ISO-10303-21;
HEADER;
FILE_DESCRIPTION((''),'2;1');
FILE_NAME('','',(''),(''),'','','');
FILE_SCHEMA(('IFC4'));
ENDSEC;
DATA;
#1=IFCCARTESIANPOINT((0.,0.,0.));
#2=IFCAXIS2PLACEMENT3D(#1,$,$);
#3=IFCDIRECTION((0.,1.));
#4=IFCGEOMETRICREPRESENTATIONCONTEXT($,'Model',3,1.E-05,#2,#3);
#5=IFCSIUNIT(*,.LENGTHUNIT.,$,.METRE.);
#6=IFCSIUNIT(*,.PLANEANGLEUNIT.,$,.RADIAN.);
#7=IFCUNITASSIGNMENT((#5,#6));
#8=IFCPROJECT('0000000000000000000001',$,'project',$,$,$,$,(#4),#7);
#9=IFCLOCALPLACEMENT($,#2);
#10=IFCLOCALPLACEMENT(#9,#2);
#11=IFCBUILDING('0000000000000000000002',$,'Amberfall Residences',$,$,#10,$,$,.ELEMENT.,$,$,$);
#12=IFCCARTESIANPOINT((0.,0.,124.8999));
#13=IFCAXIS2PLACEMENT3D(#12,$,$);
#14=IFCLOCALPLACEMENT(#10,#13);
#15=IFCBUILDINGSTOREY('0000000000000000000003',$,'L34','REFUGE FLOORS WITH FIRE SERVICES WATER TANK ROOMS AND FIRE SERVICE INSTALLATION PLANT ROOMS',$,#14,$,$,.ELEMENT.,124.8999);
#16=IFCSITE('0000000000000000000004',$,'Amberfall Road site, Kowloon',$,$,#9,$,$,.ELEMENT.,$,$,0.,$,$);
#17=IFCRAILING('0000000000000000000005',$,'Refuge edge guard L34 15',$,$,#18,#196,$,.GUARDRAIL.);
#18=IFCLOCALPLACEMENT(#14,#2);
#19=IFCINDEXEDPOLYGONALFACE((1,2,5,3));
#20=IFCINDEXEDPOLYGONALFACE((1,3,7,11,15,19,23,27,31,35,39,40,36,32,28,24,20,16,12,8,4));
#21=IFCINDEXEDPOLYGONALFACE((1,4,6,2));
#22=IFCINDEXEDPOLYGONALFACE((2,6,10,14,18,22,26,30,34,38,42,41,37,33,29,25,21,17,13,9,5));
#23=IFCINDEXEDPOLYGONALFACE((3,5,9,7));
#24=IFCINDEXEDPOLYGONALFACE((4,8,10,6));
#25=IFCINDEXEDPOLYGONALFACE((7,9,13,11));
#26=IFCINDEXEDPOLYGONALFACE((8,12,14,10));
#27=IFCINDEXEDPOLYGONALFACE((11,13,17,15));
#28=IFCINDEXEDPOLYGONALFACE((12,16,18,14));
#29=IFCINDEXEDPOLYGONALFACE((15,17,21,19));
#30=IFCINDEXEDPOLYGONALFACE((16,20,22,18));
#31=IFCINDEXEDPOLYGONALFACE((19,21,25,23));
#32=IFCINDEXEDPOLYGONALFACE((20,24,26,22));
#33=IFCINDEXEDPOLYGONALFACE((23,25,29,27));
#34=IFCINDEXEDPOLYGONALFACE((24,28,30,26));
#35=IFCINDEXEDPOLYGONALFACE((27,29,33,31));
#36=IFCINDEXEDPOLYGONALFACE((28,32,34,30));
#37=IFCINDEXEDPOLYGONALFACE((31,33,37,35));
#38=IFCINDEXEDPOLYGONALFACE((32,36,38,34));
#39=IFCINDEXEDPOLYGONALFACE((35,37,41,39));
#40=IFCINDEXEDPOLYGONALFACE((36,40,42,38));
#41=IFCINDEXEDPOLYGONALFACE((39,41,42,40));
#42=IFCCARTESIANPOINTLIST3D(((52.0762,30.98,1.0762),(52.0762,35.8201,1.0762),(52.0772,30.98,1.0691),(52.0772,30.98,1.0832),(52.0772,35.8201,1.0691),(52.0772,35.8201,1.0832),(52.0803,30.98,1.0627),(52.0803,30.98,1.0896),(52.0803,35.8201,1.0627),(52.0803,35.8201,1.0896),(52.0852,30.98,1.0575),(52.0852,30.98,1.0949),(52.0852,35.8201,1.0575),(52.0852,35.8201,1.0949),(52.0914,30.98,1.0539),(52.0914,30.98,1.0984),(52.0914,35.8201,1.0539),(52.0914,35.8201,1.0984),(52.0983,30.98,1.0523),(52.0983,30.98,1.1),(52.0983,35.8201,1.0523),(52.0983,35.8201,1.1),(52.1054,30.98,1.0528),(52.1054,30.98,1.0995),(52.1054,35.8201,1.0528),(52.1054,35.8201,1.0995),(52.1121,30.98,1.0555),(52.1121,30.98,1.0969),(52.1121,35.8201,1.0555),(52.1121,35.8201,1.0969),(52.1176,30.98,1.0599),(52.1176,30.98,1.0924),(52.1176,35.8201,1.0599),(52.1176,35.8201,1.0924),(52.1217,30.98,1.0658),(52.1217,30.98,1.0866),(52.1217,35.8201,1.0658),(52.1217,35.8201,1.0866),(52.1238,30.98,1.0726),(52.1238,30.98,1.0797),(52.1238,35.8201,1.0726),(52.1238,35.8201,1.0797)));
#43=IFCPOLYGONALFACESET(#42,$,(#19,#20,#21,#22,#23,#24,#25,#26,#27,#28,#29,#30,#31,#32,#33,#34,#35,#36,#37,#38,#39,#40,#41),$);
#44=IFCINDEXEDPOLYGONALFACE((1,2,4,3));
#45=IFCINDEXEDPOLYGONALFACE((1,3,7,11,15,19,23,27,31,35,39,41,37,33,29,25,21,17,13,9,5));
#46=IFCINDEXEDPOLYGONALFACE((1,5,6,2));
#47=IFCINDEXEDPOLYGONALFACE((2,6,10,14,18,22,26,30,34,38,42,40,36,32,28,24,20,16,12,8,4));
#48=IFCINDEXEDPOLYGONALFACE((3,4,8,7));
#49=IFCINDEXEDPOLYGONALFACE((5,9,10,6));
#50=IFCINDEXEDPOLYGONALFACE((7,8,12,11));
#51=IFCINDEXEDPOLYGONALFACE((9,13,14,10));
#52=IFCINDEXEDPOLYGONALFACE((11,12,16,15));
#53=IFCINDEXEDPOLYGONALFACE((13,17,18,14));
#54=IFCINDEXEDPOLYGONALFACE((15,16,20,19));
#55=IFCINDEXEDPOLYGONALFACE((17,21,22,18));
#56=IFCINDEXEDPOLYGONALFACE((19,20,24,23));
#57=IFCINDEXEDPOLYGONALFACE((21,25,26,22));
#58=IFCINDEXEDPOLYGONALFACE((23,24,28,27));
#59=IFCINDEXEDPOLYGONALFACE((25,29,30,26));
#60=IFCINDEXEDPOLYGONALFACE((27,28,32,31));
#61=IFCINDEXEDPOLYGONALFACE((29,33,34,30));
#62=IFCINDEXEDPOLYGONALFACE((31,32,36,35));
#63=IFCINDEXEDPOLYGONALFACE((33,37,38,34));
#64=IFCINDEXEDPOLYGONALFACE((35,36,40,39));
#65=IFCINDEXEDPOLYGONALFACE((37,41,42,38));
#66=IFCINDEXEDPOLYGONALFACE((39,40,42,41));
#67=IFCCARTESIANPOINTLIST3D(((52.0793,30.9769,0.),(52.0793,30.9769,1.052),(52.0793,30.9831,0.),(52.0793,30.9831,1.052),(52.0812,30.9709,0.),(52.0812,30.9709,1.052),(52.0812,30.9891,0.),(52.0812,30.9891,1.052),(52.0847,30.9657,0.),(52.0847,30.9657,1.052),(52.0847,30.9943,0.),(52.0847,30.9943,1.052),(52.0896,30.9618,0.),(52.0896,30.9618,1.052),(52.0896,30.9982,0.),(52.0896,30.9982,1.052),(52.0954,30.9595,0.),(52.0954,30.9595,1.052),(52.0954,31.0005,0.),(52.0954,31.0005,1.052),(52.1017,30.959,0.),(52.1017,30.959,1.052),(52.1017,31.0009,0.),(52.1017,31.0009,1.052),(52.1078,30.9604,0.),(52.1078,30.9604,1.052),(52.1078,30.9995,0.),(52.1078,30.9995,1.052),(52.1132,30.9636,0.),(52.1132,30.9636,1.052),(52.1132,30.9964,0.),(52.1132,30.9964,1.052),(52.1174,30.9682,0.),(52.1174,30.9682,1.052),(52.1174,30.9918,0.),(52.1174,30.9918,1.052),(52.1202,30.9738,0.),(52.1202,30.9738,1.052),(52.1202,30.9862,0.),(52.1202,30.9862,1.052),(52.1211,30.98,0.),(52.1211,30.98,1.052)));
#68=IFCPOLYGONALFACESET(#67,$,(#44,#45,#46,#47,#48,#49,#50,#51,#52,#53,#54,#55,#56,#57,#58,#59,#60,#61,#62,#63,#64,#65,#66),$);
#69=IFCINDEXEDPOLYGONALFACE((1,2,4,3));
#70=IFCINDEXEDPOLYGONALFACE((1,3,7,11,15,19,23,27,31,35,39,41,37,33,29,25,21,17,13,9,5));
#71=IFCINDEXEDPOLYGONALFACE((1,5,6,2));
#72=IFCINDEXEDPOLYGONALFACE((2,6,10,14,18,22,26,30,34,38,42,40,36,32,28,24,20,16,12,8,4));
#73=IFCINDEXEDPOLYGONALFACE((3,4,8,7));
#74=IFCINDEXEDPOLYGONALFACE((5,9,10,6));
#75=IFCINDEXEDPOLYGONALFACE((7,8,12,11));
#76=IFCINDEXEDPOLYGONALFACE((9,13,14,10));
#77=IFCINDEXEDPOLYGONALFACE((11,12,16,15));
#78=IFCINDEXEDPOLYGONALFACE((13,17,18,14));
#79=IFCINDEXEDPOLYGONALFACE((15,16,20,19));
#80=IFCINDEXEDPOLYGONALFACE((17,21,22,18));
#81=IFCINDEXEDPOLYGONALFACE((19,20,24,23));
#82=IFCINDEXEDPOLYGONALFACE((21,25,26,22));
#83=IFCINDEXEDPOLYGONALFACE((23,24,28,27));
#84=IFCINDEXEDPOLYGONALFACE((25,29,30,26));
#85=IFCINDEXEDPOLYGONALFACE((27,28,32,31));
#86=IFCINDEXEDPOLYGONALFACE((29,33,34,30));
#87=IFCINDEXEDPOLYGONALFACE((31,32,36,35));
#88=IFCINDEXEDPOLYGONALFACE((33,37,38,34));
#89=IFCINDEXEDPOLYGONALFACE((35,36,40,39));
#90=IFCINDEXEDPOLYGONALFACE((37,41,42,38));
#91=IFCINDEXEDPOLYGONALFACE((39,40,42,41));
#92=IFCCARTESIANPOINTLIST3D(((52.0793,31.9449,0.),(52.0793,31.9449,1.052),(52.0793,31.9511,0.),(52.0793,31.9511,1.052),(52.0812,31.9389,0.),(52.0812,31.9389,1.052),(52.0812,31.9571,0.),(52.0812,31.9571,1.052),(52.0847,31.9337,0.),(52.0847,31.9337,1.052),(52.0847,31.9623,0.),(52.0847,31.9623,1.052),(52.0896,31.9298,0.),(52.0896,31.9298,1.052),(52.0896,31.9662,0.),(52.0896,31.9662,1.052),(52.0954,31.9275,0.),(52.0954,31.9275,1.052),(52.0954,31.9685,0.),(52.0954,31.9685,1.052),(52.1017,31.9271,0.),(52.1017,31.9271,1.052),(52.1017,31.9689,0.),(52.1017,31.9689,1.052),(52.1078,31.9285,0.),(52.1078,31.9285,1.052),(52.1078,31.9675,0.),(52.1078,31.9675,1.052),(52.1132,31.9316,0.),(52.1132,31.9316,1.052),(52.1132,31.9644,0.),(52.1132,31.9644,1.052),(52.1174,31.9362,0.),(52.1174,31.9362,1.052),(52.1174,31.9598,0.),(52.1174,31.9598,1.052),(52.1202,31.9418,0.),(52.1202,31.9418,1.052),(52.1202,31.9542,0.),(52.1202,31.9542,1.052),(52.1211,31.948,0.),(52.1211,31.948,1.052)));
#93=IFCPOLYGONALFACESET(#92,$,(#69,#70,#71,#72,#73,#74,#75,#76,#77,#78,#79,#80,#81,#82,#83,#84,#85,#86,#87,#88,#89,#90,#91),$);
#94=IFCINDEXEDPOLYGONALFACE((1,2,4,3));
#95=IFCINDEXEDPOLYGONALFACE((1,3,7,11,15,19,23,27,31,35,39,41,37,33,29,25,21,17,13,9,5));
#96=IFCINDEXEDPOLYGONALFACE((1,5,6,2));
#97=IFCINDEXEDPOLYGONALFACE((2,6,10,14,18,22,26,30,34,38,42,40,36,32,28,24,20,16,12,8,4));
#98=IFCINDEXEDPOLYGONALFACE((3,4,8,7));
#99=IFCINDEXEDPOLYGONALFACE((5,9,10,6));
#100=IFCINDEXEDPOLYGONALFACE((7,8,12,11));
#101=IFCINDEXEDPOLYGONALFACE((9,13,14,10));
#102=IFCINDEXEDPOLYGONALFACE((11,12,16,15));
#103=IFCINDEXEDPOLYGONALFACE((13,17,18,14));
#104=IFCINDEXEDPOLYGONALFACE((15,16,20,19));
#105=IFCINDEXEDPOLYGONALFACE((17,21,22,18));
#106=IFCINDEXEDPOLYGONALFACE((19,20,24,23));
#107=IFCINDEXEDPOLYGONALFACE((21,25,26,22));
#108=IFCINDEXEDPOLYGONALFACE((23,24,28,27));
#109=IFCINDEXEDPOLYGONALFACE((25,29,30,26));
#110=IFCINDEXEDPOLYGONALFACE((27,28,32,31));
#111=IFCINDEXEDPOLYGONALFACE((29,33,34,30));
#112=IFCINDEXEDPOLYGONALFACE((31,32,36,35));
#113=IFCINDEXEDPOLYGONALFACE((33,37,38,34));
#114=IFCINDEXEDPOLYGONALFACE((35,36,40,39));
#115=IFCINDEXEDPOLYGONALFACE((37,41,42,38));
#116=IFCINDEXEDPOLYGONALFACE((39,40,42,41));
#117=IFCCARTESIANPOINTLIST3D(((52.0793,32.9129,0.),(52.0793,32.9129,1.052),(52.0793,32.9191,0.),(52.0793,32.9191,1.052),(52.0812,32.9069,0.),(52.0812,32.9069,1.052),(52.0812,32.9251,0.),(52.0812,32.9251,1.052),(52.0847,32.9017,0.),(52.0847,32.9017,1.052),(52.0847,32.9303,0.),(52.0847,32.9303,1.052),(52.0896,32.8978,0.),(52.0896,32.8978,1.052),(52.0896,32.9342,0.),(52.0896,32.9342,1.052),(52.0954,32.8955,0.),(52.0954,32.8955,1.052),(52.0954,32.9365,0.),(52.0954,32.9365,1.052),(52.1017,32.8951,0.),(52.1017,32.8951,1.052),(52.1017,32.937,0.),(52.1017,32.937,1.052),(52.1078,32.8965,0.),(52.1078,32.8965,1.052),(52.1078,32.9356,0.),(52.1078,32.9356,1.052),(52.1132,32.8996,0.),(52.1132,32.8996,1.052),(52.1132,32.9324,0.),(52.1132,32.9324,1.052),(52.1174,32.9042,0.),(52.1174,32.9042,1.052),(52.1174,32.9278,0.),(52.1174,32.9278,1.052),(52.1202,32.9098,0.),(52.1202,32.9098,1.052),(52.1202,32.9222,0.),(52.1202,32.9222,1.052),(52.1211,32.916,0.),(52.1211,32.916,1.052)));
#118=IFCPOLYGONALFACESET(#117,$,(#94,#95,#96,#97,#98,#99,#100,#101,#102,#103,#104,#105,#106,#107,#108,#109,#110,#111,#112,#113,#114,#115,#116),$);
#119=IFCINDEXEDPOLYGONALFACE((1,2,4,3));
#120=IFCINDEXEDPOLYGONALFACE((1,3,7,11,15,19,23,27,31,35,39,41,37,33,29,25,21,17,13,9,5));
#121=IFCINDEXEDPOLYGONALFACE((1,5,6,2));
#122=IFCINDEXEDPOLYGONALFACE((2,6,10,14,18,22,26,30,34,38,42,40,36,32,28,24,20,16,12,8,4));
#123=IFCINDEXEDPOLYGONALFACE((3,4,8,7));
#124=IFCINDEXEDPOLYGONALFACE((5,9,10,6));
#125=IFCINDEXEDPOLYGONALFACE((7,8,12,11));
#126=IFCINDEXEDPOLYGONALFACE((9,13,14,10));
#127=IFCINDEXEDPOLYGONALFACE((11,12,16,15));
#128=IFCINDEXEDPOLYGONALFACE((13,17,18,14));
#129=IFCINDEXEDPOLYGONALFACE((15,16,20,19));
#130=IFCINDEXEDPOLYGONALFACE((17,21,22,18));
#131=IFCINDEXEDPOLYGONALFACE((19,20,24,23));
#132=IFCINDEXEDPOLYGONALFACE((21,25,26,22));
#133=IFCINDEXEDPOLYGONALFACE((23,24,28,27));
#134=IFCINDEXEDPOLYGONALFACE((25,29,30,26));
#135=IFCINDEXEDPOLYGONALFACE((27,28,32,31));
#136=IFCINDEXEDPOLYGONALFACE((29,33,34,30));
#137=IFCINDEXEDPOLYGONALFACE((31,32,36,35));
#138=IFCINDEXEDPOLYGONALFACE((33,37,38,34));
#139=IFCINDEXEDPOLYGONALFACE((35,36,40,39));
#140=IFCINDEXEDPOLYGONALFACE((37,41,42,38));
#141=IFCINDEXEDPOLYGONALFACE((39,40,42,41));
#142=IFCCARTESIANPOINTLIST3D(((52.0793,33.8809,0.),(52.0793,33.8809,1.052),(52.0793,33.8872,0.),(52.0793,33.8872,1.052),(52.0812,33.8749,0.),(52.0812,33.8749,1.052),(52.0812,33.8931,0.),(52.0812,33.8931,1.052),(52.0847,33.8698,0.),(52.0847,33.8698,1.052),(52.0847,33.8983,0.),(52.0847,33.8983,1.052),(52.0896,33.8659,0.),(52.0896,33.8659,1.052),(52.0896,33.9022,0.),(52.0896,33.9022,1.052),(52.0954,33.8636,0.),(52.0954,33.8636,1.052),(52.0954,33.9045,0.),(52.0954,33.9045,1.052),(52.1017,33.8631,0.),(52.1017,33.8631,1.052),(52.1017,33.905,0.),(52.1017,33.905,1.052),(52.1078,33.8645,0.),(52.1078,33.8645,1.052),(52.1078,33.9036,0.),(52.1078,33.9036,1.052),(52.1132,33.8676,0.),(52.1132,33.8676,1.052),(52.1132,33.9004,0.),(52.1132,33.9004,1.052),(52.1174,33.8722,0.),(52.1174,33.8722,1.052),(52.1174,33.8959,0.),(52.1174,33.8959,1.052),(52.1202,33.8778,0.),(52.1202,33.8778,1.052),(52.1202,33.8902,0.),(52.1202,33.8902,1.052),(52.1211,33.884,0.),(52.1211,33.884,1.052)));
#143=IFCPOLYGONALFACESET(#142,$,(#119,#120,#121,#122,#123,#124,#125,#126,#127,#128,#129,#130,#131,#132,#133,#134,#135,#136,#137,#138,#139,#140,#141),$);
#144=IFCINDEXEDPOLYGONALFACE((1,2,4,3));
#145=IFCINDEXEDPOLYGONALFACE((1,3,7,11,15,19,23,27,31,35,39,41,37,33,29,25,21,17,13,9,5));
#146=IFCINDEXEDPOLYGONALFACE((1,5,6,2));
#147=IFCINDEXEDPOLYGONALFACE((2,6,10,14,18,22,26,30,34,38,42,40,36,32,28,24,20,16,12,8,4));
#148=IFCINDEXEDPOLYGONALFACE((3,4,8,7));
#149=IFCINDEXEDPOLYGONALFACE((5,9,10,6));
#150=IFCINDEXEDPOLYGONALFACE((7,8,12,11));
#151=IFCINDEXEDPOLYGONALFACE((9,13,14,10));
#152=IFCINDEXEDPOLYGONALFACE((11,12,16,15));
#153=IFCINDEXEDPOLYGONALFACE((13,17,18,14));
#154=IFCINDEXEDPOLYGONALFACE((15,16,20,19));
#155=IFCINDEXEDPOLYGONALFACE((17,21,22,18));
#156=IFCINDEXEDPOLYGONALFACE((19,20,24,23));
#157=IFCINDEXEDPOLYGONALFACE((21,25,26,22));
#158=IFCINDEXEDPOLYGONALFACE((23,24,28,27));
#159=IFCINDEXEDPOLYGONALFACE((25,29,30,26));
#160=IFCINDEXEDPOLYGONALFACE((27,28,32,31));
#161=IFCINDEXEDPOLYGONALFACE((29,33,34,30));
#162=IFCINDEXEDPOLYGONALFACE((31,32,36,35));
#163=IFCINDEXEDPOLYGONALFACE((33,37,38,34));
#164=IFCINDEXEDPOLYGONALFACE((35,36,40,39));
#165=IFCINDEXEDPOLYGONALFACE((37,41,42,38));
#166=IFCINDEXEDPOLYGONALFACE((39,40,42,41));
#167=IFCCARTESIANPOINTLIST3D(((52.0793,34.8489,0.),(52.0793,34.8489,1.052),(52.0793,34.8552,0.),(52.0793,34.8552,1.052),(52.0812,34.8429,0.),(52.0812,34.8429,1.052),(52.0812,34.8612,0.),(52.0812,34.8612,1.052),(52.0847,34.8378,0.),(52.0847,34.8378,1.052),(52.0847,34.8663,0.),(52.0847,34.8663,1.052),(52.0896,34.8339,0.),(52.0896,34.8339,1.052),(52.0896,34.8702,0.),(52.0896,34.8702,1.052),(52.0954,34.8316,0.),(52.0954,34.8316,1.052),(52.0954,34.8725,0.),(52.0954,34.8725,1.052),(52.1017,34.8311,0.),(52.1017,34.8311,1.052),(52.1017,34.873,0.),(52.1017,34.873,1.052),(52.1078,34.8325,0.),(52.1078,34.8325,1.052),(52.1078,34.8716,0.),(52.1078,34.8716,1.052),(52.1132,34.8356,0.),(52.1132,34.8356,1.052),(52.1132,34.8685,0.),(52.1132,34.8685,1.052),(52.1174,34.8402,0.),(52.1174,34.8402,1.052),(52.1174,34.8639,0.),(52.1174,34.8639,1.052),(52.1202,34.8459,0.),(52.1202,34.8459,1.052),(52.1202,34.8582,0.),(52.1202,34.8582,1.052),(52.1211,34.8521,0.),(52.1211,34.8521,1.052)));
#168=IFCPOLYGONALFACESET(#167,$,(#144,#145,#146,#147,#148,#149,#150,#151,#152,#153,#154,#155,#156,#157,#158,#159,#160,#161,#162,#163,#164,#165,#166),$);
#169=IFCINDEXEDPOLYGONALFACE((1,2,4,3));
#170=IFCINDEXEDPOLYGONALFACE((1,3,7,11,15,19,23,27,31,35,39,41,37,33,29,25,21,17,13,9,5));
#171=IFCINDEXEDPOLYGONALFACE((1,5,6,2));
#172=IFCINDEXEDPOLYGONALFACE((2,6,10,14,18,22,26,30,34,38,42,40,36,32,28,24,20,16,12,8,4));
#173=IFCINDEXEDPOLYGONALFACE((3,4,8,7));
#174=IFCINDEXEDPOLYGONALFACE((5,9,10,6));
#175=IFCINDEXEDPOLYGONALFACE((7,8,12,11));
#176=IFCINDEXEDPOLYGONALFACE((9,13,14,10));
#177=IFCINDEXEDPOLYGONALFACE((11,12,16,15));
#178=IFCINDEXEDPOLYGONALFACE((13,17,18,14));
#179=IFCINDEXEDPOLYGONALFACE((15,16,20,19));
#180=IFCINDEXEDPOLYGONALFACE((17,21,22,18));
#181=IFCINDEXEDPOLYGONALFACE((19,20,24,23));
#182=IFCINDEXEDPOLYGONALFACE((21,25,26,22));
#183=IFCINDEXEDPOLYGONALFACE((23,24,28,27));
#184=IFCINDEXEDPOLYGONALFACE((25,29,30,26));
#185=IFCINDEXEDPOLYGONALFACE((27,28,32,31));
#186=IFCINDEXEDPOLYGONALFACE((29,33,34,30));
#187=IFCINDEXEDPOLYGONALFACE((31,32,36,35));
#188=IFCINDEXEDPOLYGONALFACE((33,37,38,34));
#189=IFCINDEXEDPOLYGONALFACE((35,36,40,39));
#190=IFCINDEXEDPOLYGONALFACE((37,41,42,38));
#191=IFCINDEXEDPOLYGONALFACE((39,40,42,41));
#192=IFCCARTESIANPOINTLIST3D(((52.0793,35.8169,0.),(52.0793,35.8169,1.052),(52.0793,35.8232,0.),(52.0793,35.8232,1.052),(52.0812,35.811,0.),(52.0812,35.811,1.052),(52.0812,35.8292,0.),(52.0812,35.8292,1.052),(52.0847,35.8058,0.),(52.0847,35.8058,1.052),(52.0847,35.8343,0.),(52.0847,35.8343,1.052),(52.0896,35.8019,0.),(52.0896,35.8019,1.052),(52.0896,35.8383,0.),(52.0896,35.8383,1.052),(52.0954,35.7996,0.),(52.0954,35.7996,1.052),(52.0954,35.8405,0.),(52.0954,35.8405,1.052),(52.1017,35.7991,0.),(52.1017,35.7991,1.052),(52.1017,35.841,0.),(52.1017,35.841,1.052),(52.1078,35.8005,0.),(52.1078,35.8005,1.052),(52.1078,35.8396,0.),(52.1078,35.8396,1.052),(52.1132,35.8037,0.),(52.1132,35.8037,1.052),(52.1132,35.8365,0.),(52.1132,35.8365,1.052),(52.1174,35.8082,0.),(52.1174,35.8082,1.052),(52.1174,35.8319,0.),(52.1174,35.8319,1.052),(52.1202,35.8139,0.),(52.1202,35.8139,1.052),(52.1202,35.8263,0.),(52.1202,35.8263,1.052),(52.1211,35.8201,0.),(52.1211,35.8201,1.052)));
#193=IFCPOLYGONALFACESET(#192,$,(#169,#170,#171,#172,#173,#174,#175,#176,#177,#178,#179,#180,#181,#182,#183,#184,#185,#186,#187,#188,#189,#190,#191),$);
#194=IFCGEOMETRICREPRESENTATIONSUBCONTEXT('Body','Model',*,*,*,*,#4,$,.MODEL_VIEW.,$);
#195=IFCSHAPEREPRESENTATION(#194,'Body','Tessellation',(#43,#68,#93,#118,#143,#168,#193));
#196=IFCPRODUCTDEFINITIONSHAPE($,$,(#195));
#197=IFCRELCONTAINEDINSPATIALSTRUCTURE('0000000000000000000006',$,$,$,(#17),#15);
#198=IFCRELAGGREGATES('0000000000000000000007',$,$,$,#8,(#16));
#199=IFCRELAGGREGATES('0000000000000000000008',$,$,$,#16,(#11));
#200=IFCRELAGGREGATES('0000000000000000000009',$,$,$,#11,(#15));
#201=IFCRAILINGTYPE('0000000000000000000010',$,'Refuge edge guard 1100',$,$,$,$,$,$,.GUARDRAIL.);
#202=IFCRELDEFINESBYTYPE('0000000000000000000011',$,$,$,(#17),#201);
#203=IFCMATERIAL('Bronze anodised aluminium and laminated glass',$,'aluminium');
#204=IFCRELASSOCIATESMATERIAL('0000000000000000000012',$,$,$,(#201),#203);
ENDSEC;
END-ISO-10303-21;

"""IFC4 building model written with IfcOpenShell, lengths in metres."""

from ifc_helpers import new_model, si_unit, direction, frame, origin, origin_2d, place, context, subcontext, project, spatial, circle, extrude, material, type_object, element, save


model = new_model("IFC4")

# Units and contexts
model_context = context("Model", 3, precision=1e-05, world=origin(), true_north=direction((0.0, 1.0)))
body_context = subcontext(model_context, "Body", "Model", "MODEL_VIEW")
ifc_project = project(units=[si_unit("LENGTHUNIT", "METRE"), si_unit("PLANEANGLEUNIT", "RADIAN")], contexts=[model_context])

# Site, building, storey
site_placement = place(None, origin())
site = spatial("IfcSite", under=ifc_project, at=site_placement, Name="Amberfall Road site, Kowloon", CompositionType="ELEMENT", RefElevation=0.0)
building_placement = place(site_placement, origin())
building = spatial("IfcBuilding", under=site, at=building_placement, Name="Amberfall Residences", CompositionType="ELEMENT")
storey_placement = place(building_placement, frame((0.0, 0.0, 124.8999)))
storey = spatial("IfcBuildingStorey", under=building, at=storey_placement, Name="L34", Description="REFUGE FLOORS WITH FIRE SERVICES WATER TANK ROOMS AND FIRE SERVICE INSTALLATION PLANT ROOMS", CompositionType="ELEMENT", Elevation=124.8999)

# Railing
ifc_material_1 = material(Name="Bronze anodised aluminium and laminated glass", Category="aluminium")
railing_type = type_object("IfcRailingType", Name="Refuge edge guard 1100", PredefinedType="GUARDRAIL", material=ifc_material_1)
for number, where, name in (
    (1, (52.1001, 30.98, 0.0), "Refuge edge guard L34 15"),
):
    element("IfcRailing", number, at=place(storey_placement, frame(where)), inside=storey, type_object=railing_type, Name=name, PredefinedType="GUARDRAIL", context=body_context, shape_type="SweptSolid", body=[
        extrude(circle(Radius=0.0239, at=origin_2d()), frame((0.0, 0.0, 1.0762), z_axis=(0.0, 1.0, 0.0), x_axis=(-1.0, 0.0, 0.0)), (0.0, 0.0, 1.0), 4.8401),
        extrude(circle(Radius=0.021, at=origin_2d()), origin(), (0.0, 0.0, 1.0), 1.052),
        extrude(circle(Radius=0.021, at=origin_2d()), frame((0.0, 0.968, 0.0)), (0.0, 0.0, 1.0), 1.052),
        extrude(circle(Radius=0.021, at=origin_2d()), frame((0.0, 1.936, 0.0)), (0.0, 0.0, 1.0), 1.052),
        extrude(circle(Radius=0.021, at=origin_2d()), frame((0.0, 2.9041, 0.0)), (0.0, 0.0, 1.0), 1.052),
        extrude(circle(Radius=0.021, at=origin_2d()), frame((0.0, 3.8721, 0.0)), (0.0, 0.0, 1.0), 1.052),
        extrude(circle(Radius=0.021, at=origin_2d()), frame((0.0, 4.8401, 0.0)), (0.0, 0.0, 1.0), 1.052),
    ])

save(model, "model.ifc")
